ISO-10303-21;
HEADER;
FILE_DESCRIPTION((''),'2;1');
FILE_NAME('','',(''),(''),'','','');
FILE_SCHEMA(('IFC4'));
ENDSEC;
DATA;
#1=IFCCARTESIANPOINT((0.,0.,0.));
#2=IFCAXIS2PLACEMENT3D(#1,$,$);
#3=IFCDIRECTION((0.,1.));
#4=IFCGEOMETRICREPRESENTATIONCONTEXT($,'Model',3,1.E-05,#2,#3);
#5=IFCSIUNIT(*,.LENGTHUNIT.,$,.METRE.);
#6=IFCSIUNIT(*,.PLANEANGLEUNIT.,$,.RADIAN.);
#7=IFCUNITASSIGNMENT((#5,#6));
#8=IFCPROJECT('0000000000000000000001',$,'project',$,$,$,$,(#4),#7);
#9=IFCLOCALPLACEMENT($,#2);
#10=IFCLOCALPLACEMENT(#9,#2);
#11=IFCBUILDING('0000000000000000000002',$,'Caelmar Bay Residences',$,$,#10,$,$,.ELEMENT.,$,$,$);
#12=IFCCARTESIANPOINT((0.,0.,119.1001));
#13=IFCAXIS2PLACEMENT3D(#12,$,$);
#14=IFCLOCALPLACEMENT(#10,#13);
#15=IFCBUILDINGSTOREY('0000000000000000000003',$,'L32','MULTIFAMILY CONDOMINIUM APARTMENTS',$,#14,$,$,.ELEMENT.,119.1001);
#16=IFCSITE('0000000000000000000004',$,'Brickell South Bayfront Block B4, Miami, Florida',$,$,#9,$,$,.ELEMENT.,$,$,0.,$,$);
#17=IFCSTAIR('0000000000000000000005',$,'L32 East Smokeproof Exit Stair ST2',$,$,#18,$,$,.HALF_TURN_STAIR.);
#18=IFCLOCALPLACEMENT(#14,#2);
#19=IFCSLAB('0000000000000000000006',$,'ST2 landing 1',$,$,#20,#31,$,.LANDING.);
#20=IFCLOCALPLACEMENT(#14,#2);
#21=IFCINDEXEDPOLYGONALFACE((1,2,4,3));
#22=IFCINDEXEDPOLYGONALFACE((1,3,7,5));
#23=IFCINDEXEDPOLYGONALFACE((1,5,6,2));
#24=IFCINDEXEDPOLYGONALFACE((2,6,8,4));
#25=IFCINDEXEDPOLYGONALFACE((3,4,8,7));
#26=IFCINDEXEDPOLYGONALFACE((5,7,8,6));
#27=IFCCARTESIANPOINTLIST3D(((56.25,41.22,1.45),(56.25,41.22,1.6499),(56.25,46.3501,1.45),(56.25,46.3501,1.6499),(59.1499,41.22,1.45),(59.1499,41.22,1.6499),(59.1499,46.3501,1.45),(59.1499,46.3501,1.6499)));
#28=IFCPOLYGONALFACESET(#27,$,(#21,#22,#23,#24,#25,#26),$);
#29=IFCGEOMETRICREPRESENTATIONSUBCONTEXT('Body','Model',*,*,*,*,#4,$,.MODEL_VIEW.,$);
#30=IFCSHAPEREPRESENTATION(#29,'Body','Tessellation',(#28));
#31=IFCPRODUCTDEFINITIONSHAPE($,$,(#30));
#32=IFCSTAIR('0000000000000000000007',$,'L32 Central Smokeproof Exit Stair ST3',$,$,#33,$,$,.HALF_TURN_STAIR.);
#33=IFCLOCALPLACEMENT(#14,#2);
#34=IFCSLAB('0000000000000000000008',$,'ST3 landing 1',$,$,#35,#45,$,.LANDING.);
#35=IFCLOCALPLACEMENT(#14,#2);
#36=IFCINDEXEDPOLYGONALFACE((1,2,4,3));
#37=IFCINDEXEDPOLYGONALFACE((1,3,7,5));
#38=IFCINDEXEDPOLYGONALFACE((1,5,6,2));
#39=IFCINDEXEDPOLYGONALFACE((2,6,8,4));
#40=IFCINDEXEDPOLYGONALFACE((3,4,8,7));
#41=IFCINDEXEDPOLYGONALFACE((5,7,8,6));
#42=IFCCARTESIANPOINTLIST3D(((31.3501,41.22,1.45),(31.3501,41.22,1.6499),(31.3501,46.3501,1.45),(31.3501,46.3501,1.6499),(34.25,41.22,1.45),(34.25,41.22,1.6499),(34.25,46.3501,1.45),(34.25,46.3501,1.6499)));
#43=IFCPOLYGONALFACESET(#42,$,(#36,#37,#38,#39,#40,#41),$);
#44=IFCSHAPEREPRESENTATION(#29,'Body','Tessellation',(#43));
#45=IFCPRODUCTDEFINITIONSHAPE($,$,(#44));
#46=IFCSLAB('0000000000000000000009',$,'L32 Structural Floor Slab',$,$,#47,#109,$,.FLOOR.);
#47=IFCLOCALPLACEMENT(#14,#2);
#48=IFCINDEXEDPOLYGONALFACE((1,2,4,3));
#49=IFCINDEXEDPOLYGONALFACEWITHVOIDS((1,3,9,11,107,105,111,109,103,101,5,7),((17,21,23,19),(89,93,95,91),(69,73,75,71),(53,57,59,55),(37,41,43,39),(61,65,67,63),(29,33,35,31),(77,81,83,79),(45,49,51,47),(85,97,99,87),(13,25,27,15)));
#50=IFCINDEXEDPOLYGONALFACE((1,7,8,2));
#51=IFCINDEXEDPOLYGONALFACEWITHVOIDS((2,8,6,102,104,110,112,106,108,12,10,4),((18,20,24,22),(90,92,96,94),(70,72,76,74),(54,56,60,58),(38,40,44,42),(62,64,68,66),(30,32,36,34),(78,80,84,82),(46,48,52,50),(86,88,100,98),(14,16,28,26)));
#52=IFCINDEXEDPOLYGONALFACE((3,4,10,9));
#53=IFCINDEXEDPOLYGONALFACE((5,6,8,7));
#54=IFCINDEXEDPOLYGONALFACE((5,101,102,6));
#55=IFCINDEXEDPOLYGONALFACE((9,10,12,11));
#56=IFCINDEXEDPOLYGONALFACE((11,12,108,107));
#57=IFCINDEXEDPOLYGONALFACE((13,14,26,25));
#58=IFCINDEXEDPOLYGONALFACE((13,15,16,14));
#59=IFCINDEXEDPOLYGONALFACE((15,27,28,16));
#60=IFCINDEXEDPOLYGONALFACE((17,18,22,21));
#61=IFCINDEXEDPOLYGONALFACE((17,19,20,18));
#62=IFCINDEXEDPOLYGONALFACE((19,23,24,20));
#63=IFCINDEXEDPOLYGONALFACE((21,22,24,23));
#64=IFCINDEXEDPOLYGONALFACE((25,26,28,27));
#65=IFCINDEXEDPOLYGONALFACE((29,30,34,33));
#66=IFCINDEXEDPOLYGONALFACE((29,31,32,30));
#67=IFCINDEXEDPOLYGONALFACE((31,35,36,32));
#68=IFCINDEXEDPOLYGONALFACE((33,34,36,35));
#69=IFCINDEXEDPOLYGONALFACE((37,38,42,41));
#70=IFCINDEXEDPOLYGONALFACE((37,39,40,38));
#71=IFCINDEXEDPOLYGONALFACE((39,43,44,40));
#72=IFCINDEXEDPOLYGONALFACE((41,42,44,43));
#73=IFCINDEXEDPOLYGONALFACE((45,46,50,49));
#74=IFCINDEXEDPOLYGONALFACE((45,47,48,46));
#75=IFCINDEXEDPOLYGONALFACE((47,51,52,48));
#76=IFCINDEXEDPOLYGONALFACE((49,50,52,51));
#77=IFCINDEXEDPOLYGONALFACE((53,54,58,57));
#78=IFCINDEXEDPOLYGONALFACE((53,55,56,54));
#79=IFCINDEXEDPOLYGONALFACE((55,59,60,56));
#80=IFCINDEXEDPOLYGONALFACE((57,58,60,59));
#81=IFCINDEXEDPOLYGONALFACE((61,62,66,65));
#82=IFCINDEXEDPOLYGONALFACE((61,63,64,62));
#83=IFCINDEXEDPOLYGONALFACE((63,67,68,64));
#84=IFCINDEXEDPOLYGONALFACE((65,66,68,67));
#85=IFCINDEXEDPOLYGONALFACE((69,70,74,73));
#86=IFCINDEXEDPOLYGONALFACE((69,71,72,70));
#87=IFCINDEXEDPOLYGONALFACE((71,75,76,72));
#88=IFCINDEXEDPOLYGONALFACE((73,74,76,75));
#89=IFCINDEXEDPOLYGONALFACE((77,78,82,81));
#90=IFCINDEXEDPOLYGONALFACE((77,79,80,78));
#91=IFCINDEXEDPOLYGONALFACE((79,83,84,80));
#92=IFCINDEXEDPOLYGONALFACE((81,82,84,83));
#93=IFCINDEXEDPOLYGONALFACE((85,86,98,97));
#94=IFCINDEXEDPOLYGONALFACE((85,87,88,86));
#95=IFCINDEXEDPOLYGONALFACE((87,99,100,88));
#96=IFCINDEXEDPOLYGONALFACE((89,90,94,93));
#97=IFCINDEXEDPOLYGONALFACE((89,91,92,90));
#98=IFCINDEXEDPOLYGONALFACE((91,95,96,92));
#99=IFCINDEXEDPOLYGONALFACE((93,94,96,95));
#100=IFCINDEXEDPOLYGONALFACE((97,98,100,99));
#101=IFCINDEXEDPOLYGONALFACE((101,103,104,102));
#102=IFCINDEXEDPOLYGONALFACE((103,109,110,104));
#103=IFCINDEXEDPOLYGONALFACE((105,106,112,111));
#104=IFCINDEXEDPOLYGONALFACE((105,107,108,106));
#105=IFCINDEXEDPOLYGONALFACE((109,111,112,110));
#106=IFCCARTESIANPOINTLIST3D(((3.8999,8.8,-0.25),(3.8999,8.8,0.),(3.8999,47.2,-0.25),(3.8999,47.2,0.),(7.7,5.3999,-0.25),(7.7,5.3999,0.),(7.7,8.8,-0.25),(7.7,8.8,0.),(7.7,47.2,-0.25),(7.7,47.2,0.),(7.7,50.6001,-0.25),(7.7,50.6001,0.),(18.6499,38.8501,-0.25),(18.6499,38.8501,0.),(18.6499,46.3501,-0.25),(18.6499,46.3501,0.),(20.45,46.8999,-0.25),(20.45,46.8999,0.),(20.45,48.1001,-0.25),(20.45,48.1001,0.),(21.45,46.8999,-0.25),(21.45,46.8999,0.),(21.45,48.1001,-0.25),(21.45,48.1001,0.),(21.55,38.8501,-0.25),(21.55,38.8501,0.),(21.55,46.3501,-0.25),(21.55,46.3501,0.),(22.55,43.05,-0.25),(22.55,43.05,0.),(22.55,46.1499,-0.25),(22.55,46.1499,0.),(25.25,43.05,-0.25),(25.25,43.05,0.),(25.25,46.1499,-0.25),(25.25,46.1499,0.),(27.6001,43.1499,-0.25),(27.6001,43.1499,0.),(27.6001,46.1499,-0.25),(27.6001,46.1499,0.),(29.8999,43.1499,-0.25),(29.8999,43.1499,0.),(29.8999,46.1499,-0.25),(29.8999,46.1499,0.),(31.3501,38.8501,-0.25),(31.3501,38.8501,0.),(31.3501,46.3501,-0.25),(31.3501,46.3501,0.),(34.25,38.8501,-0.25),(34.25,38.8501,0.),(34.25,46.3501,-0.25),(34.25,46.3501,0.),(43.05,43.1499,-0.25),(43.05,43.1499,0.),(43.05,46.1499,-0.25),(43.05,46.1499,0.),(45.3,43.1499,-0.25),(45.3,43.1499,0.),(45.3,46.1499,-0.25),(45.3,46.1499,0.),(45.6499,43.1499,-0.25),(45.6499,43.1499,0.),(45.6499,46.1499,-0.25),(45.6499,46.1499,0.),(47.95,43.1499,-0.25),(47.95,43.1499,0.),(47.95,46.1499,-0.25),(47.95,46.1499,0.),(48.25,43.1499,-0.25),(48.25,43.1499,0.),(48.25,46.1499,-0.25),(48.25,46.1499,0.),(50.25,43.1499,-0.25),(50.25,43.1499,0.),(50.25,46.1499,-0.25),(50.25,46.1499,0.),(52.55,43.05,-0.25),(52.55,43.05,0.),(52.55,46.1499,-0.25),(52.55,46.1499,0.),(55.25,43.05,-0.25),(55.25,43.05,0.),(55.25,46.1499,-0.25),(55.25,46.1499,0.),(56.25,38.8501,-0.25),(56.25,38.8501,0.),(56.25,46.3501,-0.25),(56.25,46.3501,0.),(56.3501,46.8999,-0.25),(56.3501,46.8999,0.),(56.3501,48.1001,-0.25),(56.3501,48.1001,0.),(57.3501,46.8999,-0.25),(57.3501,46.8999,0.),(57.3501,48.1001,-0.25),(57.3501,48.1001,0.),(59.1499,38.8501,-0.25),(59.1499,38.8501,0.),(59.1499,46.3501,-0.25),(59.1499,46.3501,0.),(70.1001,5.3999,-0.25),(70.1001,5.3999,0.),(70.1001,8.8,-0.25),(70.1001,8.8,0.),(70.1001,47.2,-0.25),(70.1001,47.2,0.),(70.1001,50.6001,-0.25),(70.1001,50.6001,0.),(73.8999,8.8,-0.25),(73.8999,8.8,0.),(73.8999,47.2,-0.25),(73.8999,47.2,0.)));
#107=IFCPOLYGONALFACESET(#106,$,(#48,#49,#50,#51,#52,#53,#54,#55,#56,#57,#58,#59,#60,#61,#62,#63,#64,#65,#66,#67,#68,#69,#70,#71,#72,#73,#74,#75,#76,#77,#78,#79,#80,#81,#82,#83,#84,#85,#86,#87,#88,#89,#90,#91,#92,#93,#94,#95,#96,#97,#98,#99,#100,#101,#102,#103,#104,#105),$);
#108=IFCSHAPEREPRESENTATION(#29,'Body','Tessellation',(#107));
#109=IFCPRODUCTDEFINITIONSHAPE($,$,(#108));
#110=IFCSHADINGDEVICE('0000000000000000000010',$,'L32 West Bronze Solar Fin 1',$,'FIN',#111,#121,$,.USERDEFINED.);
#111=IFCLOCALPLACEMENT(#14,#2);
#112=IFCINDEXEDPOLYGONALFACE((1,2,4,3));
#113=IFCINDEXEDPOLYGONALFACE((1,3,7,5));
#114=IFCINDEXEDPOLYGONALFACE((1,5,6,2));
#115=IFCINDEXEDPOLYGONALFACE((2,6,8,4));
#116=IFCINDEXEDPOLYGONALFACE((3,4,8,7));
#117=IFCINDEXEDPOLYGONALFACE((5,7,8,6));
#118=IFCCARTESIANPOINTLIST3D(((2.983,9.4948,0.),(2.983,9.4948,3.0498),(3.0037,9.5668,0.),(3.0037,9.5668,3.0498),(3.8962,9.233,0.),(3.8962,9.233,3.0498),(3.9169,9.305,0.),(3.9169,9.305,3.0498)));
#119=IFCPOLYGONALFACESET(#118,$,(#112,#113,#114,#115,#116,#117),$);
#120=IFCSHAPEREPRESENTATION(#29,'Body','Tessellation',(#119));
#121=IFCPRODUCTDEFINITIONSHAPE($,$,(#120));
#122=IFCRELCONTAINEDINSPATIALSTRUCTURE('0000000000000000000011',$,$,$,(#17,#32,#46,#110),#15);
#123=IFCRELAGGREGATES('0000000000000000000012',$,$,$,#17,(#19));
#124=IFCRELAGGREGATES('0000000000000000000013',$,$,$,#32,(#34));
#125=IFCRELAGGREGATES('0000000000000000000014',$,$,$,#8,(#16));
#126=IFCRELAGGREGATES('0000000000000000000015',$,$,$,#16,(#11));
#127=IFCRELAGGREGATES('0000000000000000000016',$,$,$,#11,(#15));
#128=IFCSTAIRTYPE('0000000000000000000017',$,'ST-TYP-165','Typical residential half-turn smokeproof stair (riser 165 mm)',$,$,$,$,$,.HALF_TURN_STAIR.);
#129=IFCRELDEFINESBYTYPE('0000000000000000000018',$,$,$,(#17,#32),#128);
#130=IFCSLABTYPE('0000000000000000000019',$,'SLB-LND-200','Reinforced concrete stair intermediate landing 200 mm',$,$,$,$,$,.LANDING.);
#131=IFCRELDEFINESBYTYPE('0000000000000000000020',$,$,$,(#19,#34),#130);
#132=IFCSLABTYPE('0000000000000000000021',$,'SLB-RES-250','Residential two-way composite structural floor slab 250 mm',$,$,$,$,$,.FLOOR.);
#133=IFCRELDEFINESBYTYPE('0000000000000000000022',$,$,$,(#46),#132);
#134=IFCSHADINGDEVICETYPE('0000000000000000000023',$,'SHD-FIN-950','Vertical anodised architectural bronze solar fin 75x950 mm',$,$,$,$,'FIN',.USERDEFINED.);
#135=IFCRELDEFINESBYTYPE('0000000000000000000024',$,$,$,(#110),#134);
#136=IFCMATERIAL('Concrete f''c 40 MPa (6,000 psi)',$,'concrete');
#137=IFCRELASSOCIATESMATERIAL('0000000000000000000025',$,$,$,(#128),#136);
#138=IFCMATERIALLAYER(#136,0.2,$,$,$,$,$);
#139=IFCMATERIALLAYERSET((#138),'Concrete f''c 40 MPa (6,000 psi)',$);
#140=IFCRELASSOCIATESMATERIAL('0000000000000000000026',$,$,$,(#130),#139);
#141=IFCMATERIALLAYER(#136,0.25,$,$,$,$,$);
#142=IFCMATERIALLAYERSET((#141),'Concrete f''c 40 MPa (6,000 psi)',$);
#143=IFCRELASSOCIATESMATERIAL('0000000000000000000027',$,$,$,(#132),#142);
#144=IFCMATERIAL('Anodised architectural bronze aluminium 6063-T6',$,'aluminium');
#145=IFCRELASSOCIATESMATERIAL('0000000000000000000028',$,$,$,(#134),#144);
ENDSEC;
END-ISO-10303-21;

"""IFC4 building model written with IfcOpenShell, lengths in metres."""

from ifc_helpers import new_model, si_unit, direction, frame, origin, origin_2d, place, context, subcontext, project, spatial, polyline, rectangle, outline, extrude, material, layer, layer_set, material_profile, profile_set, type_object, element, aggregate, save


model = new_model("IFC4")

# Units and contexts
model_context = context("Model", 3, precision=1e-05, world=origin(), true_north=direction((0.0, 1.0)))
body_context = subcontext(model_context, "Body", "Model", "MODEL_VIEW")
ifc_project = project(units=[si_unit("LENGTHUNIT", "METRE"), si_unit("PLANEANGLEUNIT", "RADIAN")], contexts=[model_context])

# Site, building, storey
site_placement = place(None, origin())
site = spatial("IfcSite", under=ifc_project, at=site_placement, Name="Brickell South Bayfront Block B4, Miami, Florida", CompositionType="ELEMENT", RefElevation=0.0)
building_placement = place(site_placement, origin())
building = spatial("IfcBuilding", under=site, at=building_placement, Name="Caelmar Bay Residences", CompositionType="ELEMENT")
storey_placement = place(building_placement, frame((0.0, 0.0, 119.1001)))
storey = spatial("IfcBuildingStorey", under=building, at=storey_placement, Name="L32", Description="MULTIFAMILY CONDOMINIUM APARTMENTS", CompositionType="ELEMENT", Elevation=119.1001)

# Shared definitions
ifc_material_1 = material(Name="Concrete f'c 40 MPa (6,000 psi)", Category="concrete")

# Stairs, slabs
stair_type = type_object("IfcStairType", Name="ST-TYP-165", Description="Typical residential half-turn smokeproof stair (riser 165 mm)", PredefinedType="HALF_TURN_STAIR", material=ifc_material_1)
ifc_layer_1 = layer(ifc_material_1, 0.2)
ifc_layer_set_1 = layer_set([ifc_layer_1], Name="Concrete f'c 40 MPa (6,000 psi)")
slab_type_1 = type_object("IfcSlabType", Name="SLB-LND-200", Description="Reinforced concrete stair intermediate landing 200 mm", PredefinedType="LANDING", material=ifc_layer_set_1)
stair_1_placement = place(storey_placement, origin())
stair_1 = element("IfcStair", 1, at=stair_1_placement, inside=storey, type_object=stair_type, Name="L32 East Smokeproof Exit Stair ST2", PredefinedType="HALF_TURN_STAIR")
slab_1_placement = place(storey_placement, frame((0.0, 0.0, 1.45)))
slab_1 = element("IfcSlab", 2, at=slab_1_placement, type_object=slab_type_1, Name="ST2 landing 1", PredefinedType="LANDING", context=body_context, shape_type="SweptSolid", body=[
    extrude(outline(polyline([(59.1499, 41.22), (59.1499, 46.3501), (56.25, 46.3501), (56.25, 41.22), (59.1499, 41.22)])), origin(), (0.0, 0.0, 1.0), 0.2),
])
aggregate(stair_1, [slab_1])
stair_2_placement = place(storey_placement, origin())
stair_2 = element("IfcStair", 3, at=stair_2_placement, inside=storey, type_object=stair_type, Name="L32 Central Smokeproof Exit Stair ST3", PredefinedType="HALF_TURN_STAIR")
slab_2_placement = place(storey_placement, frame((0.0, 0.0, 1.45)))
slab_2 = element("IfcSlab", 4, at=slab_2_placement, type_object=slab_type_1, Name="ST3 landing 1", PredefinedType="LANDING", context=body_context, shape_type="SweptSolid", body=[
    extrude(outline(polyline([(34.25, 41.22), (34.25, 46.3501), (31.3501, 46.3501), (31.3501, 41.22), (34.25, 41.22)])), origin(), (0.0, 0.0, 1.0), 0.2),
])
aggregate(stair_2, [slab_2])

# Slab
ifc_layer_2 = layer(ifc_material_1, 0.25)
ifc_layer_set_2 = layer_set([ifc_layer_2], Name="Concrete f'c 40 MPa (6,000 psi)")
slab_type_2 = type_object("IfcSlabType", Name="SLB-RES-250", Description="Residential two-way composite structural floor slab 250 mm", PredefinedType="FLOOR", material=ifc_layer_set_2)
slab_3_placement = place(storey_placement, frame((0.0, 0.0, -0.25)))
element("IfcSlab", 5, at=slab_3_placement, inside=storey, type_object=slab_type_2, Name="L32 Structural Floor Slab", PredefinedType="FLOOR", context=body_context, shape_type="SweptSolid", body=[
    extrude(outline(polyline([(7.7, 5.3999), (70.1001, 5.3999), (70.1001, 8.8), (73.8999, 8.8), (73.8999, 47.2), (70.1001, 47.2), (70.1001, 50.6001), (7.7, 50.6001), (7.7, 47.2), (3.8999, 47.2), (3.8999, 8.8), (7.7, 8.8), (7.7, 5.3999)]), holes=[polyline([(18.6499, 38.8501), (21.55, 38.8501), (21.55, 46.3501), (18.6499, 46.3501), (18.6499, 38.8501)]), polyline([(56.25, 38.8501), (59.1499, 38.8501), (59.1499, 46.3501), (56.25, 46.3501), (56.25, 38.8501)]), polyline([(31.3501, 38.8501), (34.25, 38.8501), (34.25, 46.3501), (31.3501, 46.3501), (31.3501, 38.8501)]), polyline([(22.55, 43.05), (25.25, 43.05), (25.25, 46.1499), (22.55, 46.1499), (22.55, 43.05)]), polyline([(52.55, 43.05), (55.25, 43.05), (55.25, 46.1499), (52.55, 46.1499), (52.55, 43.05)]), polyline([(43.05, 43.1499), (45.3, 43.1499), (45.3, 46.1499), (43.05, 46.1499), (43.05, 43.1499)]), polyline([(45.6499, 43.1499), (47.95, 43.1499), (47.95, 46.1499), (45.6499, 46.1499), (45.6499, 43.1499)]), polyline([(48.25, 43.1499), (50.25, 43.1499), (50.25, 46.1499), (48.25, 46.1499), (48.25, 43.1499)]), polyline([(27.6001, 43.1499), (29.8999, 43.1499), (29.8999, 46.1499), (27.6001, 46.1499), (27.6001, 43.1499)]), polyline([(20.45, 46.8999), (21.45, 46.8999), (21.45, 48.1001), (20.45, 48.1001), (20.45, 46.8999)]), polyline([(56.3501, 46.8999), (57.3501, 46.8999), (57.3501, 48.1001), (56.3501, 48.1001), (56.3501, 46.8999)])]), origin(), (0.0, 0.0, 1.0), 0.25),
])

# Shading device
ifc_material_2 = material(Name="Anodised architectural bronze aluminium 6063-T6", Category="aluminium")
ifc_material_profile_1 = material_profile(ifc_material_2, rectangle(XDim=0.075, YDim=0.95, at=origin_2d()), Name="BRONZE-FIN-75X950")
ifc_profile_set_1 = profile_set([ifc_material_profile_1], Name="Anodised architectural bronze aluminium 6063-T6")
shading_device_type = type_object("IfcShadingDeviceType", Name="SHD-FIN-950", Description="Vertical anodised architectural bronze solar fin 75x950 mm", ElementType="FIN", PredefinedType="USERDEFINED", material=ifc_profile_set_1)
shading_device_placement = place(storey_placement, frame((3.45, 9.3999, 0.0), z_axis=(0.0, 0.0, 1.0), x_axis=(0.275637, 0.961262, 0.0)))
element("IfcShadingDevice", 6, at=shading_device_placement, inside=storey, type_object=shading_device_type, Name="L32 West Bronze Solar Fin 1", ObjectType="FIN", PredefinedType="USERDEFINED", context=body_context, shape_type="SweptSolid", body=[
    extrude(rectangle(XDim=0.075, YDim=0.95, at=origin_2d()), origin(), (0.0, 0.0, 1.0), 3.0498),
])

save(model, "model.ifc")
